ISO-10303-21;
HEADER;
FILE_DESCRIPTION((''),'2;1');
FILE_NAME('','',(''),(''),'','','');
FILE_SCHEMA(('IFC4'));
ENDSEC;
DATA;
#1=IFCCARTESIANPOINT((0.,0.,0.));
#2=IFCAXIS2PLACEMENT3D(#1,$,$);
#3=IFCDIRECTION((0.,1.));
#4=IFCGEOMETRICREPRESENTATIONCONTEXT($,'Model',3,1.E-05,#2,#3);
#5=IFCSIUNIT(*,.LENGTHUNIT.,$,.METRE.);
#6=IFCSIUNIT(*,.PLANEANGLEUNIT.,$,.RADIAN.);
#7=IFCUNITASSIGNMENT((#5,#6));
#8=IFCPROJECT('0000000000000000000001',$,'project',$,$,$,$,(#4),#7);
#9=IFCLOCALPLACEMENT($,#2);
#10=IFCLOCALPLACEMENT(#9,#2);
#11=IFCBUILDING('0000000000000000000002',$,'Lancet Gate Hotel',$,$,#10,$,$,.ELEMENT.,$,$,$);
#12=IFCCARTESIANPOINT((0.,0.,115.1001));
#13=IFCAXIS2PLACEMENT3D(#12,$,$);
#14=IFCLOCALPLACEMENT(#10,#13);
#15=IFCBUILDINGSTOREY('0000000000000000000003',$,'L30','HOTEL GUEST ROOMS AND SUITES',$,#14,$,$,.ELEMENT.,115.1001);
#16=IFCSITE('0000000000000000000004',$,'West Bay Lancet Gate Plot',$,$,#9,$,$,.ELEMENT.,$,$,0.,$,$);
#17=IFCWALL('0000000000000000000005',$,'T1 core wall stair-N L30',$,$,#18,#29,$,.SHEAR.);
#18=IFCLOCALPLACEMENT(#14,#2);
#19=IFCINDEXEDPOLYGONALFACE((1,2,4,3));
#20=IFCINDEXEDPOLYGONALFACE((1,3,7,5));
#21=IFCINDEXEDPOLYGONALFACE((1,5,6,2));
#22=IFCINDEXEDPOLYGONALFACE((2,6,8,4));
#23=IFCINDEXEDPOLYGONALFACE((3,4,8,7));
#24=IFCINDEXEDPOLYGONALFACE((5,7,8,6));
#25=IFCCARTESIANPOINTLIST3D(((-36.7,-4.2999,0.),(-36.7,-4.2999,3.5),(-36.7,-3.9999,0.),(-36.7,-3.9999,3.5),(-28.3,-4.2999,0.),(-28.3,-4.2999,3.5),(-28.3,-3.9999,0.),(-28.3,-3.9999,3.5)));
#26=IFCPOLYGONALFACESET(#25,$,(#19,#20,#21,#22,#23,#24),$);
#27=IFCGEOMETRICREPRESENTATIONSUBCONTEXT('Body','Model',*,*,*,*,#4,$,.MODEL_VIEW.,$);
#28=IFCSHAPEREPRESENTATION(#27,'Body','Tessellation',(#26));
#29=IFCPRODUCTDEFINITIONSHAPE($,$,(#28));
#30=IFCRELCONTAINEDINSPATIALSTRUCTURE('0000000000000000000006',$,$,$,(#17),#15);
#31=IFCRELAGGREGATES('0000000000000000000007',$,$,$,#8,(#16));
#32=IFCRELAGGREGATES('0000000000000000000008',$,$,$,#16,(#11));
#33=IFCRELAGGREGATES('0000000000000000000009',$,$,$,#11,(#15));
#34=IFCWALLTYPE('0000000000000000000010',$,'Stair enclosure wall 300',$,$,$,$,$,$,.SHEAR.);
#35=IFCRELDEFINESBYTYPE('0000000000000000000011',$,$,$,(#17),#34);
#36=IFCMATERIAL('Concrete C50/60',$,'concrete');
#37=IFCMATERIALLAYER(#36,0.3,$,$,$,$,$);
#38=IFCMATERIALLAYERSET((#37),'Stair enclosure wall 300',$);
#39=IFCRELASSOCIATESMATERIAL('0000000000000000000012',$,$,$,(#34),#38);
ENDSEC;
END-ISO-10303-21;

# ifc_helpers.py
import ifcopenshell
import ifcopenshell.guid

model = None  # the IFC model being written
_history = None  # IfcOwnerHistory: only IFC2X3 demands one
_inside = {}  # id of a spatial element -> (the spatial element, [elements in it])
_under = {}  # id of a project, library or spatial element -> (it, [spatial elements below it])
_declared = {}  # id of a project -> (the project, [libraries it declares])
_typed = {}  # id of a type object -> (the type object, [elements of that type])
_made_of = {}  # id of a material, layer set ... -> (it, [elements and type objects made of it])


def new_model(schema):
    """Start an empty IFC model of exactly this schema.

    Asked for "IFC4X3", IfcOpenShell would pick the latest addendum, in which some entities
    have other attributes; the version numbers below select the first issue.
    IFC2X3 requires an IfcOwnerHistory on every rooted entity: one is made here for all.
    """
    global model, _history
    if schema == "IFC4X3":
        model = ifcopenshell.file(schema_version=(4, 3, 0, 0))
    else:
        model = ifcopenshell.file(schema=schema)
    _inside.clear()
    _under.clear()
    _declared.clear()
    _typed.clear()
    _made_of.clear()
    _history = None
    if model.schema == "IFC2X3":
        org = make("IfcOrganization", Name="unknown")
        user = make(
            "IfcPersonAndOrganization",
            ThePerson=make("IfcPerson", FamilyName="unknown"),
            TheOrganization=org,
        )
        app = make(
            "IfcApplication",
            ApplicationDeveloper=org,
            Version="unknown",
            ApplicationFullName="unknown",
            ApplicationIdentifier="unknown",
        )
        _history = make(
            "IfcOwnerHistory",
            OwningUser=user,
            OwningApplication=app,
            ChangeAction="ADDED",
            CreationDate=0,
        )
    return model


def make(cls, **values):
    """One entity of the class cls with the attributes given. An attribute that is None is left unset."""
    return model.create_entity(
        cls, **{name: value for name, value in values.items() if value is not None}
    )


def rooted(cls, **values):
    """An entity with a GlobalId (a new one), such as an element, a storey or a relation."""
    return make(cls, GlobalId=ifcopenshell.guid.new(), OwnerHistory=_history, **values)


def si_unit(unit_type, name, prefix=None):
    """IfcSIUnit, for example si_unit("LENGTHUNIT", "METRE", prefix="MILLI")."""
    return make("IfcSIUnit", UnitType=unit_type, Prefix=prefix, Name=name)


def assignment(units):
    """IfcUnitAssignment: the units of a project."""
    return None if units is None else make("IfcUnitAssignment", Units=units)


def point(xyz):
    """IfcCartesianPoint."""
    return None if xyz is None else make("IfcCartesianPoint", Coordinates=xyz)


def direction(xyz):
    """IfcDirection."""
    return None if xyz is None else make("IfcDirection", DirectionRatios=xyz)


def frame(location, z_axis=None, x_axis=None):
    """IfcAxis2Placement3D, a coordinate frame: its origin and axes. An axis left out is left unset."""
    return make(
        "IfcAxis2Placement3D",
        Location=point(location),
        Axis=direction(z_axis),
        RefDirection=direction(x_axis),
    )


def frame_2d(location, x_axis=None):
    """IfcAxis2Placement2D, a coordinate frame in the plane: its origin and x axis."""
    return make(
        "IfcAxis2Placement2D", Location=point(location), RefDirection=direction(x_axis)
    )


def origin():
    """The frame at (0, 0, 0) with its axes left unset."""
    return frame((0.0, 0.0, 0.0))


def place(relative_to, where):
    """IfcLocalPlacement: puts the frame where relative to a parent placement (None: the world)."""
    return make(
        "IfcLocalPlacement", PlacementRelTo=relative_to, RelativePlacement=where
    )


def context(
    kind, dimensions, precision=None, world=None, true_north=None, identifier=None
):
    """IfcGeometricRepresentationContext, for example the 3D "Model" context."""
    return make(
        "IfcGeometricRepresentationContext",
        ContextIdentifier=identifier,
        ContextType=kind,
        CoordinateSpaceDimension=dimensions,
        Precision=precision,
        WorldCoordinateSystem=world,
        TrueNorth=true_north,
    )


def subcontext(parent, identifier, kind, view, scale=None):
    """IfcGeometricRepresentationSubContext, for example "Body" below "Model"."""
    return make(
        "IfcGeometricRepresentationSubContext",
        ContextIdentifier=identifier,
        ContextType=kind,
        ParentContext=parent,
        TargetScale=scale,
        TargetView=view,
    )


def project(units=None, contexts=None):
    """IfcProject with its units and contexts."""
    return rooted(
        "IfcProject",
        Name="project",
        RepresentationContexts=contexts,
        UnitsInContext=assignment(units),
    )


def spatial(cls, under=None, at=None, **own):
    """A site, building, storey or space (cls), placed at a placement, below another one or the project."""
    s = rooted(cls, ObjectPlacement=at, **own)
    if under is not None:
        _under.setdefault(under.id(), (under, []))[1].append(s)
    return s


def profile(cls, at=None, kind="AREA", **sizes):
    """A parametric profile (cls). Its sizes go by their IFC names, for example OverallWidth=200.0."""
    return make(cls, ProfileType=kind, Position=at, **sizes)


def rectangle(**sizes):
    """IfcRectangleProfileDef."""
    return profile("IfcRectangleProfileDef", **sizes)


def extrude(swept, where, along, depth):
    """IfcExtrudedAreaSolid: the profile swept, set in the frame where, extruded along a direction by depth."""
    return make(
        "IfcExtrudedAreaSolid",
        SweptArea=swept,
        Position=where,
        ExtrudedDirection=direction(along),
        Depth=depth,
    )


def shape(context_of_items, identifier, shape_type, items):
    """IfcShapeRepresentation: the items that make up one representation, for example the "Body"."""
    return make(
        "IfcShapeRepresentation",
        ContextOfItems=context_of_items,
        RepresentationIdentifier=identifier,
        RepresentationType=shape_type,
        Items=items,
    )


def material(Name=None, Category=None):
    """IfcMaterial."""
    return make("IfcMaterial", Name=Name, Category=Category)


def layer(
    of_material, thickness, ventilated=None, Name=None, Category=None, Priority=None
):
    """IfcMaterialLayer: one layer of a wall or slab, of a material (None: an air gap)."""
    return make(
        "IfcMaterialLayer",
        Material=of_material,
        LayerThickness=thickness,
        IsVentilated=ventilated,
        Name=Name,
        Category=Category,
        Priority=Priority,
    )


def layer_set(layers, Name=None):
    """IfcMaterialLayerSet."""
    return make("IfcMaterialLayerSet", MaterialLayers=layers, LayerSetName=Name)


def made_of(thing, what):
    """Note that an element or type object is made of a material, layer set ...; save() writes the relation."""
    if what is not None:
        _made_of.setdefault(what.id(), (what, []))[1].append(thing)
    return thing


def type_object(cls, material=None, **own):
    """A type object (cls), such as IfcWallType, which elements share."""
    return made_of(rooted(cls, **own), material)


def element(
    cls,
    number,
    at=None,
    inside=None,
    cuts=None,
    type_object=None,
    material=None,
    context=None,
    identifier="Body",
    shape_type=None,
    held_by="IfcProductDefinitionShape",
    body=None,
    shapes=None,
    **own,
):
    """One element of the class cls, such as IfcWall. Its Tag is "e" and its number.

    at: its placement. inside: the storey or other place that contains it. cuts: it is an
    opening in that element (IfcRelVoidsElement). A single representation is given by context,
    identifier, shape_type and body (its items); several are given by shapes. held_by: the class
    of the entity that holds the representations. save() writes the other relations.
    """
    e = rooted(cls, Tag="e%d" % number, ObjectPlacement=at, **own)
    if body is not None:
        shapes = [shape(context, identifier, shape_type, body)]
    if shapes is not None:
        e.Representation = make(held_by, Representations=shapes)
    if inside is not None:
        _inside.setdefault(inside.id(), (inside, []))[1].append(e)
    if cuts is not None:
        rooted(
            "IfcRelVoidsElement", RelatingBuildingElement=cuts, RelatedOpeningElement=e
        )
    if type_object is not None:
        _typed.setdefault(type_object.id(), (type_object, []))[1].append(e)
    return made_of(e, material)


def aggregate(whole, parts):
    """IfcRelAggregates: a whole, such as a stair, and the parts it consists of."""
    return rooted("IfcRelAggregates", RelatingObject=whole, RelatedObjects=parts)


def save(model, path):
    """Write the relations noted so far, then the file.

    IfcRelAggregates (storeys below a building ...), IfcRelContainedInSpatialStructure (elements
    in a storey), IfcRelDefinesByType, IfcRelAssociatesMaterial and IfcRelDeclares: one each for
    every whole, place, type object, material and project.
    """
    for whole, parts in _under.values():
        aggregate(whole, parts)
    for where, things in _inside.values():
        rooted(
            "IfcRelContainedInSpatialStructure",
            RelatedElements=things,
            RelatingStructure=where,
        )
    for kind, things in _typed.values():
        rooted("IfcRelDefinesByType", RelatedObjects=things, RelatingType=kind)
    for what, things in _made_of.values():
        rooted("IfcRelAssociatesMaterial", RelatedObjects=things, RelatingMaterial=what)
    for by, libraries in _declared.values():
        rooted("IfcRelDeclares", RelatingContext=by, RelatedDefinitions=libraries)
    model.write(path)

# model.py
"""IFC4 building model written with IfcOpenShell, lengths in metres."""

from ifc_helpers import new_model, si_unit, direction, frame, frame_2d, origin, place, context, subcontext, project, spatial, rectangle, extrude, material, layer, layer_set, type_object, element, save


model = new_model("IFC4")

# Units and contexts
model_context = context("Model", 3, precision=1e-05, world=origin(), true_north=direction((0.0, 1.0)))
body_context = subcontext(model_context, "Body", "Model", "MODEL_VIEW")
ifc_project = project(units=[si_unit("LENGTHUNIT", "METRE"), si_unit("PLANEANGLEUNIT", "RADIAN")], contexts=[model_context])

# Site, building, storey
site_placement = place(None, origin())
site = spatial("IfcSite", under=ifc_project, at=site_placement, Name="West Bay Lancet Gate Plot", CompositionType="ELEMENT", RefElevation=0.0)
building_placement = place(site_placement, origin())
building = spatial("IfcBuilding", under=site, at=building_placement, Name="Lancet Gate Hotel", CompositionType="ELEMENT")
storey_placement = place(building_placement, frame((0.0, 0.0, 115.1001)))
storey = spatial("IfcBuildingStorey", under=building, at=storey_placement, Name="L30", Description="HOTEL GUEST ROOMS AND SUITES", CompositionType="ELEMENT", Elevation=115.1001)

# Wall
ifc_material_1 = material(Name="Concrete C50/60", Category="concrete")
ifc_layer_1 = layer(ifc_material_1, 0.3)
ifc_layer_set_1 = layer_set([ifc_layer_1], Name="Stair enclosure wall 300")
wall_type_1 = type_object("IfcWallType", Name="Stair enclosure wall 300", PredefinedType="SHEAR", material=ifc_layer_set_1)
wall_1_placement = place(storey_placement, frame((-28.3, -4.1499, 0.0), z_axis=(0.0, 0.0, 1.0), x_axis=(-1.0, 0.0, 0.0)))
element("IfcWall", 1, at=wall_1_placement, inside=storey, type_object=wall_type_1, Name="T1 core wall stair-N L30", PredefinedType="SHEAR", context=body_context, shape_type="SweptSolid", body=[
    extrude(rectangle(XDim=8.3999, YDim=0.3, at=frame_2d((4.2, 0.0))), origin(), (0.0, 0.0, 1.0), 3.5),
])

save(model, "model.ifc")
